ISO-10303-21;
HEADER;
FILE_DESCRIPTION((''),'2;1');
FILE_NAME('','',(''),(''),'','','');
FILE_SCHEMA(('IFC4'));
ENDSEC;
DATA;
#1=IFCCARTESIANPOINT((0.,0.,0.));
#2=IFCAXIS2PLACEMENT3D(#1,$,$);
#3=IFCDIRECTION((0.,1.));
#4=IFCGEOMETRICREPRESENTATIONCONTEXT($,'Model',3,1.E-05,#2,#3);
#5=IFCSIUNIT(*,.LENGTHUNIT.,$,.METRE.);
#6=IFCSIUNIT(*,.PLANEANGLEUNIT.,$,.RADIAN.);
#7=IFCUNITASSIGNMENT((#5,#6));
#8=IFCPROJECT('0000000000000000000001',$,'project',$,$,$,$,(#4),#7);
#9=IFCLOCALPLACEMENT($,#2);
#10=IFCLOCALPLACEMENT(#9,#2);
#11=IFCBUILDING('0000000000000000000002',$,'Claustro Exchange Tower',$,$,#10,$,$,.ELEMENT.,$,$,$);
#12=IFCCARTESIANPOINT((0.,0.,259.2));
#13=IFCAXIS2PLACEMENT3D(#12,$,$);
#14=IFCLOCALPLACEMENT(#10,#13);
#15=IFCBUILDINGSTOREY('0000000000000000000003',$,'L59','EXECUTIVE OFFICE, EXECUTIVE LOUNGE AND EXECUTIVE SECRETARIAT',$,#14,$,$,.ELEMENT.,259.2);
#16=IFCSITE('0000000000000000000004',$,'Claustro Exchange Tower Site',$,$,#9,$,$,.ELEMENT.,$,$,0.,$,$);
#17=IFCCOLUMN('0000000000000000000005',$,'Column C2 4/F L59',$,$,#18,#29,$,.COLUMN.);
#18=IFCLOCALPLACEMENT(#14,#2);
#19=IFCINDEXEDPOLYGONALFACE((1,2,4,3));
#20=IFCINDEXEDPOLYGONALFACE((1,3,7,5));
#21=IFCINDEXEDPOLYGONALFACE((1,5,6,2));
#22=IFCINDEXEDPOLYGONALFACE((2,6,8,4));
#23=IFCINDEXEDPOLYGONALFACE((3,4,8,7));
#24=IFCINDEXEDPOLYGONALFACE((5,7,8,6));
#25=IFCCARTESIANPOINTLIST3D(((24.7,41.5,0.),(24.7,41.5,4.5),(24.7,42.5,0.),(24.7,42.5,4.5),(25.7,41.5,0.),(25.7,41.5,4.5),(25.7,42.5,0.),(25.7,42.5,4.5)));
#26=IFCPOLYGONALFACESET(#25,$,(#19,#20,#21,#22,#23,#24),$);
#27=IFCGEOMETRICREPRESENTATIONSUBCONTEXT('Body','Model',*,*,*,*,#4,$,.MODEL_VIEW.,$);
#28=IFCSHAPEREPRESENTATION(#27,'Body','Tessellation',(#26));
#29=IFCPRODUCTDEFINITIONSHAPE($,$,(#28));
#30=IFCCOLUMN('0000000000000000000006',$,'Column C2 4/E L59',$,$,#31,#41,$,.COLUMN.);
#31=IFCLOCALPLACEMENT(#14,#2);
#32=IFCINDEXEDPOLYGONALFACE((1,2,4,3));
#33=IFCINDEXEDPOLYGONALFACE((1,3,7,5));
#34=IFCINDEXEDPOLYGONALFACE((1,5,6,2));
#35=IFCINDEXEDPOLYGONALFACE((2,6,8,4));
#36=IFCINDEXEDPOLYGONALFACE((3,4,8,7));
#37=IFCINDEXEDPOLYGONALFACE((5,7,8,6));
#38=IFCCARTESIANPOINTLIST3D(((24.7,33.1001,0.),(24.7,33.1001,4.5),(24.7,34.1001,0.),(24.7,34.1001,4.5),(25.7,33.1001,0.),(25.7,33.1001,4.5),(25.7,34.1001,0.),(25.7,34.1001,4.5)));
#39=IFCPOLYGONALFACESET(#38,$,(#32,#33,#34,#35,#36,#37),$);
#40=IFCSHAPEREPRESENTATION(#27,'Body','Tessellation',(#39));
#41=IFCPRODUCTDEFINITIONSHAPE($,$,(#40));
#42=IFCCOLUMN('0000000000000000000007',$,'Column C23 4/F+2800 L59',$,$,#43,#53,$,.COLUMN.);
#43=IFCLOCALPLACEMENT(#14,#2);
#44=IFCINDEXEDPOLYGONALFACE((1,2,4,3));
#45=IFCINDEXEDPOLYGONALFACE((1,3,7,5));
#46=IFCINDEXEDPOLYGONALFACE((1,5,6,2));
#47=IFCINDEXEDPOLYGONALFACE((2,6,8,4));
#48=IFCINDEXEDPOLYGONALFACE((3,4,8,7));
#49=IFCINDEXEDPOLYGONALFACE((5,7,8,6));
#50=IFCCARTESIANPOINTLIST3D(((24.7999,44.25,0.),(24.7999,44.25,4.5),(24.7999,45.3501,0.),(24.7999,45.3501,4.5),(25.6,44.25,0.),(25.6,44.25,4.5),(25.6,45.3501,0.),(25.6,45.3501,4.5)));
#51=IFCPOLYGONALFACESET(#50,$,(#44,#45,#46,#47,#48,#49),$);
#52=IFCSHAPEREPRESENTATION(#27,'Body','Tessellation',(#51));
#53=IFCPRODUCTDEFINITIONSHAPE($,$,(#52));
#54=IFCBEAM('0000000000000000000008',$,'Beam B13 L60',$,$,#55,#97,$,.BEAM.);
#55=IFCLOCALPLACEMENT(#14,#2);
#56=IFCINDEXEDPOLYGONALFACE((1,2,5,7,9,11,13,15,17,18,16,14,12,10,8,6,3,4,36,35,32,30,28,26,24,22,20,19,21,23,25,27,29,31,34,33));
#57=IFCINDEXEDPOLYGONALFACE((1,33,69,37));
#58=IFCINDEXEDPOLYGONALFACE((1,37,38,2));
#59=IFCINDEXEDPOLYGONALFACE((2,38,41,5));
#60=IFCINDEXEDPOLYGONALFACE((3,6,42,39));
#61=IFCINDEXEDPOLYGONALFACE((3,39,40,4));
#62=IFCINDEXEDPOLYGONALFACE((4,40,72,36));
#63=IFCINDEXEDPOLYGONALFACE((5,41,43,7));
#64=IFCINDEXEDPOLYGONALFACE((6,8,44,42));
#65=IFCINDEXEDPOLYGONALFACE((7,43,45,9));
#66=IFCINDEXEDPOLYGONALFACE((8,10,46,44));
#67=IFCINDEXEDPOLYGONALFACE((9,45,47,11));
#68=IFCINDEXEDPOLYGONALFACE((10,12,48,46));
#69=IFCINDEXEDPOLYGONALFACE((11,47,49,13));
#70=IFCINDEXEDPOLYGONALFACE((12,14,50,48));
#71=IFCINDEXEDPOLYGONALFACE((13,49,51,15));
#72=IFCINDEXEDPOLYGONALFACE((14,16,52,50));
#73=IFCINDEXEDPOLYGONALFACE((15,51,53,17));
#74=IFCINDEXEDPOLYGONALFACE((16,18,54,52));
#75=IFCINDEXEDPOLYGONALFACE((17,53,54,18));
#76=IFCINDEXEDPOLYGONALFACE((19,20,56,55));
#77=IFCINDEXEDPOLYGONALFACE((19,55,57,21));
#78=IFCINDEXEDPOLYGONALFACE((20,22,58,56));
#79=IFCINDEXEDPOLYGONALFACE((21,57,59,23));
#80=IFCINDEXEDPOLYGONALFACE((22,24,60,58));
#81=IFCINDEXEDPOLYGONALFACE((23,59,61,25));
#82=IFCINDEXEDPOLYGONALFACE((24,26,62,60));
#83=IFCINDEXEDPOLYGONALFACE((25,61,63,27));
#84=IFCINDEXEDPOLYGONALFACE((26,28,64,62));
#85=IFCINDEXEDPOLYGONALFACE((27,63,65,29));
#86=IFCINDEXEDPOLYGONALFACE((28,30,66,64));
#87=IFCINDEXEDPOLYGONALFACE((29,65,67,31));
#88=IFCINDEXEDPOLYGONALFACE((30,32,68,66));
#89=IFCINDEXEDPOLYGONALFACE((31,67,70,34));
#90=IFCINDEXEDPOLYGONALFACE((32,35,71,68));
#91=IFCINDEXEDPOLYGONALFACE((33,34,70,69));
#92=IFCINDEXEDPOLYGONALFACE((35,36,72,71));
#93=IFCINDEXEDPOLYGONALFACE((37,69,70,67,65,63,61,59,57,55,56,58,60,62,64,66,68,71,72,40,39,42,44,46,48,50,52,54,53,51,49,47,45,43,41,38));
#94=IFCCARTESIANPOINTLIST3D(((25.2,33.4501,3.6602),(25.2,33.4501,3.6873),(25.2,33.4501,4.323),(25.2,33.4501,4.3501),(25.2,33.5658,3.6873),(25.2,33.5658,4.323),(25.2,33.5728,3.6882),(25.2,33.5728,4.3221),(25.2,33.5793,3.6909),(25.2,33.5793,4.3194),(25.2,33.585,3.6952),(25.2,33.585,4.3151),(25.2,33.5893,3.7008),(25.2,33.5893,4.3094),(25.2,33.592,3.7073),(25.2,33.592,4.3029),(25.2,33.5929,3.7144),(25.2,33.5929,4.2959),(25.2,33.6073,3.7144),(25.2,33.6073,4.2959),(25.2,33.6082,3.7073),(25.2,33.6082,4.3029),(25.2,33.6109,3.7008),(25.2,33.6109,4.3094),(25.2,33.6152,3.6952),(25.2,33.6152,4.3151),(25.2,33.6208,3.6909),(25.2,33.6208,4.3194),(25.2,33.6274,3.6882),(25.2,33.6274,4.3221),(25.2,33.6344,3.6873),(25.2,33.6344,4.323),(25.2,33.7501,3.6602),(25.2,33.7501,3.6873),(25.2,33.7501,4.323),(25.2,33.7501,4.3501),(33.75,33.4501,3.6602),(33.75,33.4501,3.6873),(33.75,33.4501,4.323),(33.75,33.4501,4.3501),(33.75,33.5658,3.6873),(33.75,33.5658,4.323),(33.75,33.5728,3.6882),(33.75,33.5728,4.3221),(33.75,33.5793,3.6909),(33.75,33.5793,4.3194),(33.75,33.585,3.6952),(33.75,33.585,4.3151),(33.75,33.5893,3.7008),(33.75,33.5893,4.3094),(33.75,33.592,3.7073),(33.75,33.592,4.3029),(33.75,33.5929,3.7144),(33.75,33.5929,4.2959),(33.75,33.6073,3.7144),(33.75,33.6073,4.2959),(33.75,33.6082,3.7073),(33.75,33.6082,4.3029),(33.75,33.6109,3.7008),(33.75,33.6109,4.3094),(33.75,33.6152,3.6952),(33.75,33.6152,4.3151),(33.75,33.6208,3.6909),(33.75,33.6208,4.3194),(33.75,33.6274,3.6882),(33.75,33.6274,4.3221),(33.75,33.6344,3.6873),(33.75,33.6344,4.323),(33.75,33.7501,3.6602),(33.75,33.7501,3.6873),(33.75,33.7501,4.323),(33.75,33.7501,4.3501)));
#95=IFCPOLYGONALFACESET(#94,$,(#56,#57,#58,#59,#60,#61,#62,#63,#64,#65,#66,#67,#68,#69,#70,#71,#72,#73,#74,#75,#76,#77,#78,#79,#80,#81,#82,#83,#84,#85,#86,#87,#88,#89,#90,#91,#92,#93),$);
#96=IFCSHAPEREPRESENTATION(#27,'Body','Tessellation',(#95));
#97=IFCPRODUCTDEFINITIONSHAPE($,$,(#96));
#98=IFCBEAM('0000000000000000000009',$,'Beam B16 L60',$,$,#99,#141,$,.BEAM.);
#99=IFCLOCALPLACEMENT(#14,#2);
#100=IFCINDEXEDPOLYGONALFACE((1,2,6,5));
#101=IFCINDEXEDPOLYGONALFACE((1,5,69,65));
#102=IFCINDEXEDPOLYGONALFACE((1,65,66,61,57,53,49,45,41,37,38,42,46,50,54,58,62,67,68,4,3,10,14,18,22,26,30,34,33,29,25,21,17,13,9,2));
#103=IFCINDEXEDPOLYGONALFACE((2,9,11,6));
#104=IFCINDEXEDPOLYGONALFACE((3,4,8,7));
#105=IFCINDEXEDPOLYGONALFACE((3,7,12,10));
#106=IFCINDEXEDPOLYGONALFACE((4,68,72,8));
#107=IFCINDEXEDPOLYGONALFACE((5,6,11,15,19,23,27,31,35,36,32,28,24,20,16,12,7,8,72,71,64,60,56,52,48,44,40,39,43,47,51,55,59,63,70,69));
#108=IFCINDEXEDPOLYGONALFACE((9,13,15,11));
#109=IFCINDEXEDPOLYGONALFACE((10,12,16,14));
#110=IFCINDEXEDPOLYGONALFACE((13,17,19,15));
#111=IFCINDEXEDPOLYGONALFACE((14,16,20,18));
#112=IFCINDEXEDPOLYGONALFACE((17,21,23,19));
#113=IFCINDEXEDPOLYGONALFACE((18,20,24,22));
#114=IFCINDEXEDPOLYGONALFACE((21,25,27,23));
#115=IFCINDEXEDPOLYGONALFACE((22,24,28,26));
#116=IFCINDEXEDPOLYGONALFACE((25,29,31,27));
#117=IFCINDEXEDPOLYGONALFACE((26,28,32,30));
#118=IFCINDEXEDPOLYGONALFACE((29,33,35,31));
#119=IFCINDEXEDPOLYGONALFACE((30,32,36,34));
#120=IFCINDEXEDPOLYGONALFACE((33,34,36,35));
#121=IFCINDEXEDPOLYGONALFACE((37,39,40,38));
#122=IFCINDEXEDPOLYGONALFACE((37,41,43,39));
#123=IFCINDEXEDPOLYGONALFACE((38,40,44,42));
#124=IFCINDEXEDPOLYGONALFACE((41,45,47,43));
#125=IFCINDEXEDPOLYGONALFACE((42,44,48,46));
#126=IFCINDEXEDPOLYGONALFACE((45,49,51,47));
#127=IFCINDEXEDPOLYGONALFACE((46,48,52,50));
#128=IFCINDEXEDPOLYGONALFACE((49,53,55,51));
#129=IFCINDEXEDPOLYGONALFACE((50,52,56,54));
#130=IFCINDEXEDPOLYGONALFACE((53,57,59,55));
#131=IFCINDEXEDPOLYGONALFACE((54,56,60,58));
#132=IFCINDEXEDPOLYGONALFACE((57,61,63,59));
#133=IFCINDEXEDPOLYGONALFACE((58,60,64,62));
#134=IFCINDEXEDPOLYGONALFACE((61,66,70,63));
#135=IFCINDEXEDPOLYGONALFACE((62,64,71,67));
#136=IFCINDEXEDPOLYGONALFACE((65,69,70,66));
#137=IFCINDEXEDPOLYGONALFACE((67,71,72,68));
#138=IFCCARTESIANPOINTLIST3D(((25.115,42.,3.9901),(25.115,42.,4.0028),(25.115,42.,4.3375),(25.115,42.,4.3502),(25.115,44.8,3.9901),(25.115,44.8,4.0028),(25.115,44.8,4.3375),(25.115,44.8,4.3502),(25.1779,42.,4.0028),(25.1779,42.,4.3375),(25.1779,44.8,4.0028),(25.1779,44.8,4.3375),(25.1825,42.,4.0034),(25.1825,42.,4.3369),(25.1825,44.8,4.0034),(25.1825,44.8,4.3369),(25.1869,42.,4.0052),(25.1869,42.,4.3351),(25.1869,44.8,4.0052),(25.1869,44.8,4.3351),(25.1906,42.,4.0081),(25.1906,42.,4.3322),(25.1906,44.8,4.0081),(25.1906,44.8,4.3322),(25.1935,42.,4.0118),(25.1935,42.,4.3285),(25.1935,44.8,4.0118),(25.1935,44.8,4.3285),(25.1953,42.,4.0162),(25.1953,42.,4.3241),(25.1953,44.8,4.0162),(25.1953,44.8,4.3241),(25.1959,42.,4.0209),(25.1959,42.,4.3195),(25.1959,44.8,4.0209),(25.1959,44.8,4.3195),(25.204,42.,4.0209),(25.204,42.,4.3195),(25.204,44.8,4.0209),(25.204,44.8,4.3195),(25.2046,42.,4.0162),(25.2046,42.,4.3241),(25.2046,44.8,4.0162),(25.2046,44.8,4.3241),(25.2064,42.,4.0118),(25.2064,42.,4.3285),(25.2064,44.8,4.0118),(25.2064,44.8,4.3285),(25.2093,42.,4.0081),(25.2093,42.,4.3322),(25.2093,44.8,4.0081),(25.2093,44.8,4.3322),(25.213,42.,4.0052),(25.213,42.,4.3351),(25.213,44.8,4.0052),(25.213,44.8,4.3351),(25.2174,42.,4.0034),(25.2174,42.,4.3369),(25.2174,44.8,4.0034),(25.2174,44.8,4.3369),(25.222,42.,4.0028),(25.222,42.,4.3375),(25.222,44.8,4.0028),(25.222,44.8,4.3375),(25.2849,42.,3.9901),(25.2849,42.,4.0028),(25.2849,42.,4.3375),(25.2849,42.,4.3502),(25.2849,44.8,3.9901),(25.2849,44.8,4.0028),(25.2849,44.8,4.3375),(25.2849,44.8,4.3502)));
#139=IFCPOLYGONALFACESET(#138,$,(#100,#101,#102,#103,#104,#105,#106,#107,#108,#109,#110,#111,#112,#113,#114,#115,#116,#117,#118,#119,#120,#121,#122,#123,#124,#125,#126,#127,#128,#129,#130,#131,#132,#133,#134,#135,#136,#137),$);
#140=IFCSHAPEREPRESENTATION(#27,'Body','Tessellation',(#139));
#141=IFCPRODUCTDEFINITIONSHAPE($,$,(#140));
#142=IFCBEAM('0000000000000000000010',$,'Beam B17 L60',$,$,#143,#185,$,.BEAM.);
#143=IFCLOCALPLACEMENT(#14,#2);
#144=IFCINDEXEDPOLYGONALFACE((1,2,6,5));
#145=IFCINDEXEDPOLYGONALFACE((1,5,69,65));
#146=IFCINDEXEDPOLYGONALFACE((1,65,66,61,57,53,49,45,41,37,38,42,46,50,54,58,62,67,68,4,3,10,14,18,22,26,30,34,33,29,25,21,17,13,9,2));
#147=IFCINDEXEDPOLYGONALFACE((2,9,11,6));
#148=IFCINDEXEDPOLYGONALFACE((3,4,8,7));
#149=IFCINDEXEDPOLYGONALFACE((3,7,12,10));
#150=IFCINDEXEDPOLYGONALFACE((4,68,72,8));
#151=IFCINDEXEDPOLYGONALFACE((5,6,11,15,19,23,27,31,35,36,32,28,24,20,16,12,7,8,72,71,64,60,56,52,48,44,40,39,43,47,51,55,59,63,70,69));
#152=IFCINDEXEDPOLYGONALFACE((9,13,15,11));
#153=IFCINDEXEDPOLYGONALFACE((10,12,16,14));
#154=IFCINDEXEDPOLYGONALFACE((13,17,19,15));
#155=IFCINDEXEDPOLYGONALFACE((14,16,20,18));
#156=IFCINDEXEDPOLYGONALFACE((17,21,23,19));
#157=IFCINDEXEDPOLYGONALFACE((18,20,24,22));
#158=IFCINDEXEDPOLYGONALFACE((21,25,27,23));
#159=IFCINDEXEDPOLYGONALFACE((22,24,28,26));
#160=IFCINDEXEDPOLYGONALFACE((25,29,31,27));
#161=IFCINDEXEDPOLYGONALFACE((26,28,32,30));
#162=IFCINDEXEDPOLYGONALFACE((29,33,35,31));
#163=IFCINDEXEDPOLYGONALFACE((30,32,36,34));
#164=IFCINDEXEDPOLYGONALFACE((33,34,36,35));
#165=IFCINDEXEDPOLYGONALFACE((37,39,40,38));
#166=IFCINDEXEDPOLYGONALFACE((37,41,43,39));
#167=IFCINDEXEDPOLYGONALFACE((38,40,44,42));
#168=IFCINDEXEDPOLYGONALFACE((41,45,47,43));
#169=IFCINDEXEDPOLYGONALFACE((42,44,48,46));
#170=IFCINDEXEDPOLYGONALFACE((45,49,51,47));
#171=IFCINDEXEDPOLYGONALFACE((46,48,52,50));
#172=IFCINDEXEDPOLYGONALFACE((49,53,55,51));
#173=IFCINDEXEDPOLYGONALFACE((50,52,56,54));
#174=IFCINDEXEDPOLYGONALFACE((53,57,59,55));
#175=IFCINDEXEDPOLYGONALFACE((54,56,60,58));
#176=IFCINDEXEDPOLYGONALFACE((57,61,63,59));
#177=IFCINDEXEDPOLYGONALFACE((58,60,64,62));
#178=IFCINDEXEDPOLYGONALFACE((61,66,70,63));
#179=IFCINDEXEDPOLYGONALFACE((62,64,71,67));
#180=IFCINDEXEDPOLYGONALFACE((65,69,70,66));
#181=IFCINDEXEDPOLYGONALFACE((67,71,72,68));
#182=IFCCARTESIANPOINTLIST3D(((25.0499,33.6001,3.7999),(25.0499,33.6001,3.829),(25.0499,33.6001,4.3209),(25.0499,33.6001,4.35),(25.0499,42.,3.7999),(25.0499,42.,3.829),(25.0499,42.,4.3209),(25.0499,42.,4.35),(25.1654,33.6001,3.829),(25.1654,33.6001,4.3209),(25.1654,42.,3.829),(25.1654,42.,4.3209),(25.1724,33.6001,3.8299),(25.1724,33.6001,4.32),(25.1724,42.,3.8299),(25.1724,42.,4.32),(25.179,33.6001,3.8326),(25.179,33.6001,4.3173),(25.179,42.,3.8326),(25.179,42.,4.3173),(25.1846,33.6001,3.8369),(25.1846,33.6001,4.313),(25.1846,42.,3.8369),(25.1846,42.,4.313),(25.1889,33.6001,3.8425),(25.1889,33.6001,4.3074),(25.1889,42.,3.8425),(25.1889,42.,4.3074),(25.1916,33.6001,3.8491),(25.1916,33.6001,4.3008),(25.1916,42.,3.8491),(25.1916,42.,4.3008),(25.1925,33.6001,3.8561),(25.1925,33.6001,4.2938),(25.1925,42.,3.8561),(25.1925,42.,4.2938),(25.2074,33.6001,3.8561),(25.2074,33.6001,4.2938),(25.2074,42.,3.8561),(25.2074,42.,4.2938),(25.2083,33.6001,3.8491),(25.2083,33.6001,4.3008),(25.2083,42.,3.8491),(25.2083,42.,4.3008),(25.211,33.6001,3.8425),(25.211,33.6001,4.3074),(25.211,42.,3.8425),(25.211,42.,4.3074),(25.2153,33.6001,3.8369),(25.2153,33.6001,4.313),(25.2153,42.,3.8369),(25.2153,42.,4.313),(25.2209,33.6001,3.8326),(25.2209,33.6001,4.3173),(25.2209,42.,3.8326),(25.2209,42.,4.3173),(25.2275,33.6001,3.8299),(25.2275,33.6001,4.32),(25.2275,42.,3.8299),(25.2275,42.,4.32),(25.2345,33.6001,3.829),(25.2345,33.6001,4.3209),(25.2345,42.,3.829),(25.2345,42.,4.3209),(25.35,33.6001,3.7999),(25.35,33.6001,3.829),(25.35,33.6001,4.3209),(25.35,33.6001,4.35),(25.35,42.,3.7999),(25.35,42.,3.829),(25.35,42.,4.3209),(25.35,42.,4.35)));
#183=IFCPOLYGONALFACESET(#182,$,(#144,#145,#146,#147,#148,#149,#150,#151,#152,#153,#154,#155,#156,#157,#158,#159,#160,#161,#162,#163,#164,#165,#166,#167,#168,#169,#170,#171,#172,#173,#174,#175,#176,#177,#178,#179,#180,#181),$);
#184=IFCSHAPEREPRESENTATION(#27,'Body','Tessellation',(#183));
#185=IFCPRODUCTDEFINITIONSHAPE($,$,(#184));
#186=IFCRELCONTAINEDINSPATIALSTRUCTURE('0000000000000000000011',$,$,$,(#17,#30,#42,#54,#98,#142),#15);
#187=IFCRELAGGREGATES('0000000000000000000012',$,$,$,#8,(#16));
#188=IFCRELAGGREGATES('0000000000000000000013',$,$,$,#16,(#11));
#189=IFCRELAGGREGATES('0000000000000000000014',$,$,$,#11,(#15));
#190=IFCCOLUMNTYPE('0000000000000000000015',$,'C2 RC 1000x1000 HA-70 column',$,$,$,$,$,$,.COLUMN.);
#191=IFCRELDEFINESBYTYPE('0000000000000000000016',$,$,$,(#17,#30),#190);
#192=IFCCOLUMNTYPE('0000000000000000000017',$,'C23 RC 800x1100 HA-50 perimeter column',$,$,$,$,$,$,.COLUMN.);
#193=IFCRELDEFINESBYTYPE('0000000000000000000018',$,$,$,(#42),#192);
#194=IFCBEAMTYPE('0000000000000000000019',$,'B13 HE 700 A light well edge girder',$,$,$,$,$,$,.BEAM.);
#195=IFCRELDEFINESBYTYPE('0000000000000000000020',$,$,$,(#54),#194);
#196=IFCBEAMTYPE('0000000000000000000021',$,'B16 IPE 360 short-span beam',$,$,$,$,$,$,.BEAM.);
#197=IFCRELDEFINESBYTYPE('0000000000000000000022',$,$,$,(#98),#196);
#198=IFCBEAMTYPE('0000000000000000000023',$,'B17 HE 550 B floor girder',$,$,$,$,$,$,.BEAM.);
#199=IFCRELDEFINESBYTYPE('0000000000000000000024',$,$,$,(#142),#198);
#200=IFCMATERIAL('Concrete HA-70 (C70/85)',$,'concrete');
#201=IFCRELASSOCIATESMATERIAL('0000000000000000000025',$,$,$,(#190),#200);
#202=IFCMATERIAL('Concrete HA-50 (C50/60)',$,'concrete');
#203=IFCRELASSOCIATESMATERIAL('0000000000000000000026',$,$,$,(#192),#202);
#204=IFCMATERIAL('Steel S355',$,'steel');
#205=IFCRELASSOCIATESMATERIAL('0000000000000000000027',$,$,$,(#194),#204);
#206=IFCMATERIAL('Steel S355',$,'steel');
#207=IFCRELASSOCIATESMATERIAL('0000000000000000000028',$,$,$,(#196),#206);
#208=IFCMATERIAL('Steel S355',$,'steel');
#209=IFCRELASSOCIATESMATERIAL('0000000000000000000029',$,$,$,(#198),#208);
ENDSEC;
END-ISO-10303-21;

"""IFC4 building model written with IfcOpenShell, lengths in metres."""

from ifc_helpers import new_model, si_unit, direction, frame, origin, origin_2d, place, context, subcontext, project, spatial, rectangle, i_section, extrude, material, material_profile, profile_set, type_object, element, save


model = new_model("IFC4")

# Units and contexts
model_context = context("Model", 3, precision=1e-05, world=origin(), true_north=direction((0.0, 1.0)))
body_context = subcontext(model_context, "Body", "Model", "MODEL_VIEW")
ifc_project = project(units=[si_unit("LENGTHUNIT", "METRE"), si_unit("PLANEANGLEUNIT", "RADIAN")], contexts=[model_context])

# Site, building, storey
site_placement = place(None, origin())
site = spatial("IfcSite", under=ifc_project, at=site_placement, Name="Claustro Exchange Tower Site", CompositionType="ELEMENT", RefElevation=0.0)
building_placement = place(site_placement, origin())
building = spatial("IfcBuilding", under=site, at=building_placement, Name="Claustro Exchange Tower", CompositionType="ELEMENT")
storey_placement = place(building_placement, frame((0.0, 0.0, 259.2)))
storey = spatial("IfcBuildingStorey", under=building, at=storey_placement, Name="L59", Description="EXECUTIVE OFFICE, EXECUTIVE LOUNGE AND EXECUTIVE SECRETARIAT", CompositionType="ELEMENT", Elevation=259.2)

# Columns
ifc_material_1 = material(Name="Concrete HA-70 (C70/85)", Category="concrete")
ifc_material_profile_1 = material_profile(ifc_material_1, rectangle(XDim=1.0, YDim=1.0, at=origin_2d()), Name="RC 1000x1000")
ifc_profile_set_1 = profile_set([ifc_material_profile_1], Name="Concrete HA-70 (C70/85)")
column_type_1 = type_object("IfcColumnType", Name="C2 RC 1000x1000 HA-70 column", PredefinedType="COLUMN", material=ifc_profile_set_1)
for number, where, z_axis, x_axis, name in (
    (1, (25.2, 42.0, 0.0), (0.0, 0.0, 1.0), (1.0, 0.0, 0.0), "Column C2 4/F L59"),
    (2, (25.2, 33.6001, 0.0), (0.0, 0.0, 1.0), (1.0, 0.0, 0.0), "Column C2 4/E L59"),
):
    element("IfcColumn", number, at=place(storey_placement, frame(where, z_axis=z_axis, x_axis=x_axis)), inside=storey, type_object=column_type_1, Name=name, PredefinedType="COLUMN", context=body_context, shape_type="SweptSolid", body=[
        extrude(rectangle(XDim=1.0, YDim=1.0, at=origin_2d()), origin(), (0.0, 0.0, 1.0), 4.5),
    ])
ifc_material_2 = material(Name="Concrete HA-50 (C50/60)", Category="concrete")
ifc_material_profile_2 = material_profile(ifc_material_2, rectangle(XDim=0.8, YDim=1.1001, at=origin_2d()), Name="RC 800x1100")
ifc_profile_set_2 = profile_set([ifc_material_profile_2], Name="Concrete HA-50 (C50/60)")
column_type_2 = type_object("IfcColumnType", Name="C23 RC 800x1100 HA-50 perimeter column", PredefinedType="COLUMN", material=ifc_profile_set_2)
column_placement = place(storey_placement, frame((25.2, 44.8, 0.0), z_axis=(0.0, 0.0, 1.0), x_axis=(1.0, 0.0, 0.0)))
element("IfcColumn", 3, at=column_placement, inside=storey, type_object=column_type_2, Name="Column C23 4/F+2800 L59", PredefinedType="COLUMN", context=body_context, shape_type="SweptSolid", body=[
    extrude(rectangle(XDim=0.8, YDim=1.1001, at=origin_2d()), origin(), (0.0, 0.0, 1.0), 4.5),
])

# Beams
ifc_material_3 = material(Name="Steel S355", Category="steel")
ifc_material_profile_3 = material_profile(ifc_material_3, i_section(OverallWidth=0.3, OverallDepth=0.6899, WebThickness=0.0144, FlangeThickness=0.0271, FilletRadius=0.0271, at=origin_2d()), Name="HE 700 A")
ifc_profile_set_3 = profile_set([ifc_material_profile_3], Name="Steel S355")
beam_type_1 = type_object("IfcBeamType", Name="B13 HE 700 A light well edge girder", PredefinedType="BEAM", material=ifc_profile_set_3)
beam_1_placement = place(storey_placement, frame((25.2, 33.6001, 4.0051), z_axis=(1.0, 0.0, 0.0), x_axis=(0.0, 1.0, 0.0)))
element("IfcBeam", 4, at=beam_1_placement, inside=storey, type_object=beam_type_1, Name="Beam B13 L60", PredefinedType="BEAM", context=body_context, shape_type="SweptSolid", body=[
    extrude(i_section(OverallWidth=0.3, OverallDepth=0.6899, WebThickness=0.0144, FlangeThickness=0.0271, FilletRadius=0.0271, at=origin_2d()), origin(), (0.0, 0.0, 1.0), 8.55),
])
ifc_material_4 = material(Name="Steel S355", Category="steel")
ifc_material_profile_4 = material_profile(ifc_material_4, i_section(OverallWidth=0.1699, OverallDepth=0.3601, WebThickness=0.0081, FlangeThickness=0.0127, FilletRadius=0.0181, at=origin_2d()), Name="IPE 360")
ifc_profile_set_4 = profile_set([ifc_material_profile_4], Name="Steel S355")
beam_type_2 = type_object("IfcBeamType", Name="B16 IPE 360 short-span beam", PredefinedType="BEAM", material=ifc_profile_set_4)
beam_2_placement = place(storey_placement, frame((25.2, 42.0, 4.1702), z_axis=(0.0, 1.0, 0.0), x_axis=(-1.0, 0.0, 0.0)))
element("IfcBeam", 5, at=beam_2_placement, inside=storey, type_object=beam_type_2, Name="Beam B16 L60", PredefinedType="BEAM", context=body_context, shape_type="SweptSolid", body=[
    extrude(i_section(OverallWidth=0.1699, OverallDepth=0.3601, WebThickness=0.0081, FlangeThickness=0.0127, FilletRadius=0.0181, at=origin_2d()), origin(), (0.0, 0.0, 1.0), 2.8),
])
ifc_material_5 = material(Name="Steel S355", Category="steel")
ifc_material_profile_5 = material_profile(ifc_material_5, i_section(OverallWidth=0.3, OverallDepth=0.55, WebThickness=0.0149, FlangeThickness=0.0291, FilletRadius=0.0271, at=origin_2d()), Name="HE 550 B")
ifc_profile_set_5 = profile_set([ifc_material_profile_5], Name="Steel S355")
beam_type_3 = type_object("IfcBeamType", Name="B17 HE 550 B floor girder", PredefinedType="BEAM", material=ifc_profile_set_5)
beam_3_placement = place(storey_placement, frame((25.2, 33.6001, 4.075), z_axis=(0.0, 1.0, 0.0), x_axis=(-1.0, 0.0, 0.0)))
element("IfcBeam", 6, at=beam_3_placement, inside=storey, type_object=beam_type_3, Name="Beam B17 L60", PredefinedType="BEAM", context=body_context, shape_type="SweptSolid", body=[
    extrude(i_section(OverallWidth=0.3, OverallDepth=0.55, WebThickness=0.0149, FlangeThickness=0.0291, FilletRadius=0.0271, at=origin_2d()), origin(), (0.0, 0.0, 1.0), 8.3999),
])

save(model, "model.ifc")
